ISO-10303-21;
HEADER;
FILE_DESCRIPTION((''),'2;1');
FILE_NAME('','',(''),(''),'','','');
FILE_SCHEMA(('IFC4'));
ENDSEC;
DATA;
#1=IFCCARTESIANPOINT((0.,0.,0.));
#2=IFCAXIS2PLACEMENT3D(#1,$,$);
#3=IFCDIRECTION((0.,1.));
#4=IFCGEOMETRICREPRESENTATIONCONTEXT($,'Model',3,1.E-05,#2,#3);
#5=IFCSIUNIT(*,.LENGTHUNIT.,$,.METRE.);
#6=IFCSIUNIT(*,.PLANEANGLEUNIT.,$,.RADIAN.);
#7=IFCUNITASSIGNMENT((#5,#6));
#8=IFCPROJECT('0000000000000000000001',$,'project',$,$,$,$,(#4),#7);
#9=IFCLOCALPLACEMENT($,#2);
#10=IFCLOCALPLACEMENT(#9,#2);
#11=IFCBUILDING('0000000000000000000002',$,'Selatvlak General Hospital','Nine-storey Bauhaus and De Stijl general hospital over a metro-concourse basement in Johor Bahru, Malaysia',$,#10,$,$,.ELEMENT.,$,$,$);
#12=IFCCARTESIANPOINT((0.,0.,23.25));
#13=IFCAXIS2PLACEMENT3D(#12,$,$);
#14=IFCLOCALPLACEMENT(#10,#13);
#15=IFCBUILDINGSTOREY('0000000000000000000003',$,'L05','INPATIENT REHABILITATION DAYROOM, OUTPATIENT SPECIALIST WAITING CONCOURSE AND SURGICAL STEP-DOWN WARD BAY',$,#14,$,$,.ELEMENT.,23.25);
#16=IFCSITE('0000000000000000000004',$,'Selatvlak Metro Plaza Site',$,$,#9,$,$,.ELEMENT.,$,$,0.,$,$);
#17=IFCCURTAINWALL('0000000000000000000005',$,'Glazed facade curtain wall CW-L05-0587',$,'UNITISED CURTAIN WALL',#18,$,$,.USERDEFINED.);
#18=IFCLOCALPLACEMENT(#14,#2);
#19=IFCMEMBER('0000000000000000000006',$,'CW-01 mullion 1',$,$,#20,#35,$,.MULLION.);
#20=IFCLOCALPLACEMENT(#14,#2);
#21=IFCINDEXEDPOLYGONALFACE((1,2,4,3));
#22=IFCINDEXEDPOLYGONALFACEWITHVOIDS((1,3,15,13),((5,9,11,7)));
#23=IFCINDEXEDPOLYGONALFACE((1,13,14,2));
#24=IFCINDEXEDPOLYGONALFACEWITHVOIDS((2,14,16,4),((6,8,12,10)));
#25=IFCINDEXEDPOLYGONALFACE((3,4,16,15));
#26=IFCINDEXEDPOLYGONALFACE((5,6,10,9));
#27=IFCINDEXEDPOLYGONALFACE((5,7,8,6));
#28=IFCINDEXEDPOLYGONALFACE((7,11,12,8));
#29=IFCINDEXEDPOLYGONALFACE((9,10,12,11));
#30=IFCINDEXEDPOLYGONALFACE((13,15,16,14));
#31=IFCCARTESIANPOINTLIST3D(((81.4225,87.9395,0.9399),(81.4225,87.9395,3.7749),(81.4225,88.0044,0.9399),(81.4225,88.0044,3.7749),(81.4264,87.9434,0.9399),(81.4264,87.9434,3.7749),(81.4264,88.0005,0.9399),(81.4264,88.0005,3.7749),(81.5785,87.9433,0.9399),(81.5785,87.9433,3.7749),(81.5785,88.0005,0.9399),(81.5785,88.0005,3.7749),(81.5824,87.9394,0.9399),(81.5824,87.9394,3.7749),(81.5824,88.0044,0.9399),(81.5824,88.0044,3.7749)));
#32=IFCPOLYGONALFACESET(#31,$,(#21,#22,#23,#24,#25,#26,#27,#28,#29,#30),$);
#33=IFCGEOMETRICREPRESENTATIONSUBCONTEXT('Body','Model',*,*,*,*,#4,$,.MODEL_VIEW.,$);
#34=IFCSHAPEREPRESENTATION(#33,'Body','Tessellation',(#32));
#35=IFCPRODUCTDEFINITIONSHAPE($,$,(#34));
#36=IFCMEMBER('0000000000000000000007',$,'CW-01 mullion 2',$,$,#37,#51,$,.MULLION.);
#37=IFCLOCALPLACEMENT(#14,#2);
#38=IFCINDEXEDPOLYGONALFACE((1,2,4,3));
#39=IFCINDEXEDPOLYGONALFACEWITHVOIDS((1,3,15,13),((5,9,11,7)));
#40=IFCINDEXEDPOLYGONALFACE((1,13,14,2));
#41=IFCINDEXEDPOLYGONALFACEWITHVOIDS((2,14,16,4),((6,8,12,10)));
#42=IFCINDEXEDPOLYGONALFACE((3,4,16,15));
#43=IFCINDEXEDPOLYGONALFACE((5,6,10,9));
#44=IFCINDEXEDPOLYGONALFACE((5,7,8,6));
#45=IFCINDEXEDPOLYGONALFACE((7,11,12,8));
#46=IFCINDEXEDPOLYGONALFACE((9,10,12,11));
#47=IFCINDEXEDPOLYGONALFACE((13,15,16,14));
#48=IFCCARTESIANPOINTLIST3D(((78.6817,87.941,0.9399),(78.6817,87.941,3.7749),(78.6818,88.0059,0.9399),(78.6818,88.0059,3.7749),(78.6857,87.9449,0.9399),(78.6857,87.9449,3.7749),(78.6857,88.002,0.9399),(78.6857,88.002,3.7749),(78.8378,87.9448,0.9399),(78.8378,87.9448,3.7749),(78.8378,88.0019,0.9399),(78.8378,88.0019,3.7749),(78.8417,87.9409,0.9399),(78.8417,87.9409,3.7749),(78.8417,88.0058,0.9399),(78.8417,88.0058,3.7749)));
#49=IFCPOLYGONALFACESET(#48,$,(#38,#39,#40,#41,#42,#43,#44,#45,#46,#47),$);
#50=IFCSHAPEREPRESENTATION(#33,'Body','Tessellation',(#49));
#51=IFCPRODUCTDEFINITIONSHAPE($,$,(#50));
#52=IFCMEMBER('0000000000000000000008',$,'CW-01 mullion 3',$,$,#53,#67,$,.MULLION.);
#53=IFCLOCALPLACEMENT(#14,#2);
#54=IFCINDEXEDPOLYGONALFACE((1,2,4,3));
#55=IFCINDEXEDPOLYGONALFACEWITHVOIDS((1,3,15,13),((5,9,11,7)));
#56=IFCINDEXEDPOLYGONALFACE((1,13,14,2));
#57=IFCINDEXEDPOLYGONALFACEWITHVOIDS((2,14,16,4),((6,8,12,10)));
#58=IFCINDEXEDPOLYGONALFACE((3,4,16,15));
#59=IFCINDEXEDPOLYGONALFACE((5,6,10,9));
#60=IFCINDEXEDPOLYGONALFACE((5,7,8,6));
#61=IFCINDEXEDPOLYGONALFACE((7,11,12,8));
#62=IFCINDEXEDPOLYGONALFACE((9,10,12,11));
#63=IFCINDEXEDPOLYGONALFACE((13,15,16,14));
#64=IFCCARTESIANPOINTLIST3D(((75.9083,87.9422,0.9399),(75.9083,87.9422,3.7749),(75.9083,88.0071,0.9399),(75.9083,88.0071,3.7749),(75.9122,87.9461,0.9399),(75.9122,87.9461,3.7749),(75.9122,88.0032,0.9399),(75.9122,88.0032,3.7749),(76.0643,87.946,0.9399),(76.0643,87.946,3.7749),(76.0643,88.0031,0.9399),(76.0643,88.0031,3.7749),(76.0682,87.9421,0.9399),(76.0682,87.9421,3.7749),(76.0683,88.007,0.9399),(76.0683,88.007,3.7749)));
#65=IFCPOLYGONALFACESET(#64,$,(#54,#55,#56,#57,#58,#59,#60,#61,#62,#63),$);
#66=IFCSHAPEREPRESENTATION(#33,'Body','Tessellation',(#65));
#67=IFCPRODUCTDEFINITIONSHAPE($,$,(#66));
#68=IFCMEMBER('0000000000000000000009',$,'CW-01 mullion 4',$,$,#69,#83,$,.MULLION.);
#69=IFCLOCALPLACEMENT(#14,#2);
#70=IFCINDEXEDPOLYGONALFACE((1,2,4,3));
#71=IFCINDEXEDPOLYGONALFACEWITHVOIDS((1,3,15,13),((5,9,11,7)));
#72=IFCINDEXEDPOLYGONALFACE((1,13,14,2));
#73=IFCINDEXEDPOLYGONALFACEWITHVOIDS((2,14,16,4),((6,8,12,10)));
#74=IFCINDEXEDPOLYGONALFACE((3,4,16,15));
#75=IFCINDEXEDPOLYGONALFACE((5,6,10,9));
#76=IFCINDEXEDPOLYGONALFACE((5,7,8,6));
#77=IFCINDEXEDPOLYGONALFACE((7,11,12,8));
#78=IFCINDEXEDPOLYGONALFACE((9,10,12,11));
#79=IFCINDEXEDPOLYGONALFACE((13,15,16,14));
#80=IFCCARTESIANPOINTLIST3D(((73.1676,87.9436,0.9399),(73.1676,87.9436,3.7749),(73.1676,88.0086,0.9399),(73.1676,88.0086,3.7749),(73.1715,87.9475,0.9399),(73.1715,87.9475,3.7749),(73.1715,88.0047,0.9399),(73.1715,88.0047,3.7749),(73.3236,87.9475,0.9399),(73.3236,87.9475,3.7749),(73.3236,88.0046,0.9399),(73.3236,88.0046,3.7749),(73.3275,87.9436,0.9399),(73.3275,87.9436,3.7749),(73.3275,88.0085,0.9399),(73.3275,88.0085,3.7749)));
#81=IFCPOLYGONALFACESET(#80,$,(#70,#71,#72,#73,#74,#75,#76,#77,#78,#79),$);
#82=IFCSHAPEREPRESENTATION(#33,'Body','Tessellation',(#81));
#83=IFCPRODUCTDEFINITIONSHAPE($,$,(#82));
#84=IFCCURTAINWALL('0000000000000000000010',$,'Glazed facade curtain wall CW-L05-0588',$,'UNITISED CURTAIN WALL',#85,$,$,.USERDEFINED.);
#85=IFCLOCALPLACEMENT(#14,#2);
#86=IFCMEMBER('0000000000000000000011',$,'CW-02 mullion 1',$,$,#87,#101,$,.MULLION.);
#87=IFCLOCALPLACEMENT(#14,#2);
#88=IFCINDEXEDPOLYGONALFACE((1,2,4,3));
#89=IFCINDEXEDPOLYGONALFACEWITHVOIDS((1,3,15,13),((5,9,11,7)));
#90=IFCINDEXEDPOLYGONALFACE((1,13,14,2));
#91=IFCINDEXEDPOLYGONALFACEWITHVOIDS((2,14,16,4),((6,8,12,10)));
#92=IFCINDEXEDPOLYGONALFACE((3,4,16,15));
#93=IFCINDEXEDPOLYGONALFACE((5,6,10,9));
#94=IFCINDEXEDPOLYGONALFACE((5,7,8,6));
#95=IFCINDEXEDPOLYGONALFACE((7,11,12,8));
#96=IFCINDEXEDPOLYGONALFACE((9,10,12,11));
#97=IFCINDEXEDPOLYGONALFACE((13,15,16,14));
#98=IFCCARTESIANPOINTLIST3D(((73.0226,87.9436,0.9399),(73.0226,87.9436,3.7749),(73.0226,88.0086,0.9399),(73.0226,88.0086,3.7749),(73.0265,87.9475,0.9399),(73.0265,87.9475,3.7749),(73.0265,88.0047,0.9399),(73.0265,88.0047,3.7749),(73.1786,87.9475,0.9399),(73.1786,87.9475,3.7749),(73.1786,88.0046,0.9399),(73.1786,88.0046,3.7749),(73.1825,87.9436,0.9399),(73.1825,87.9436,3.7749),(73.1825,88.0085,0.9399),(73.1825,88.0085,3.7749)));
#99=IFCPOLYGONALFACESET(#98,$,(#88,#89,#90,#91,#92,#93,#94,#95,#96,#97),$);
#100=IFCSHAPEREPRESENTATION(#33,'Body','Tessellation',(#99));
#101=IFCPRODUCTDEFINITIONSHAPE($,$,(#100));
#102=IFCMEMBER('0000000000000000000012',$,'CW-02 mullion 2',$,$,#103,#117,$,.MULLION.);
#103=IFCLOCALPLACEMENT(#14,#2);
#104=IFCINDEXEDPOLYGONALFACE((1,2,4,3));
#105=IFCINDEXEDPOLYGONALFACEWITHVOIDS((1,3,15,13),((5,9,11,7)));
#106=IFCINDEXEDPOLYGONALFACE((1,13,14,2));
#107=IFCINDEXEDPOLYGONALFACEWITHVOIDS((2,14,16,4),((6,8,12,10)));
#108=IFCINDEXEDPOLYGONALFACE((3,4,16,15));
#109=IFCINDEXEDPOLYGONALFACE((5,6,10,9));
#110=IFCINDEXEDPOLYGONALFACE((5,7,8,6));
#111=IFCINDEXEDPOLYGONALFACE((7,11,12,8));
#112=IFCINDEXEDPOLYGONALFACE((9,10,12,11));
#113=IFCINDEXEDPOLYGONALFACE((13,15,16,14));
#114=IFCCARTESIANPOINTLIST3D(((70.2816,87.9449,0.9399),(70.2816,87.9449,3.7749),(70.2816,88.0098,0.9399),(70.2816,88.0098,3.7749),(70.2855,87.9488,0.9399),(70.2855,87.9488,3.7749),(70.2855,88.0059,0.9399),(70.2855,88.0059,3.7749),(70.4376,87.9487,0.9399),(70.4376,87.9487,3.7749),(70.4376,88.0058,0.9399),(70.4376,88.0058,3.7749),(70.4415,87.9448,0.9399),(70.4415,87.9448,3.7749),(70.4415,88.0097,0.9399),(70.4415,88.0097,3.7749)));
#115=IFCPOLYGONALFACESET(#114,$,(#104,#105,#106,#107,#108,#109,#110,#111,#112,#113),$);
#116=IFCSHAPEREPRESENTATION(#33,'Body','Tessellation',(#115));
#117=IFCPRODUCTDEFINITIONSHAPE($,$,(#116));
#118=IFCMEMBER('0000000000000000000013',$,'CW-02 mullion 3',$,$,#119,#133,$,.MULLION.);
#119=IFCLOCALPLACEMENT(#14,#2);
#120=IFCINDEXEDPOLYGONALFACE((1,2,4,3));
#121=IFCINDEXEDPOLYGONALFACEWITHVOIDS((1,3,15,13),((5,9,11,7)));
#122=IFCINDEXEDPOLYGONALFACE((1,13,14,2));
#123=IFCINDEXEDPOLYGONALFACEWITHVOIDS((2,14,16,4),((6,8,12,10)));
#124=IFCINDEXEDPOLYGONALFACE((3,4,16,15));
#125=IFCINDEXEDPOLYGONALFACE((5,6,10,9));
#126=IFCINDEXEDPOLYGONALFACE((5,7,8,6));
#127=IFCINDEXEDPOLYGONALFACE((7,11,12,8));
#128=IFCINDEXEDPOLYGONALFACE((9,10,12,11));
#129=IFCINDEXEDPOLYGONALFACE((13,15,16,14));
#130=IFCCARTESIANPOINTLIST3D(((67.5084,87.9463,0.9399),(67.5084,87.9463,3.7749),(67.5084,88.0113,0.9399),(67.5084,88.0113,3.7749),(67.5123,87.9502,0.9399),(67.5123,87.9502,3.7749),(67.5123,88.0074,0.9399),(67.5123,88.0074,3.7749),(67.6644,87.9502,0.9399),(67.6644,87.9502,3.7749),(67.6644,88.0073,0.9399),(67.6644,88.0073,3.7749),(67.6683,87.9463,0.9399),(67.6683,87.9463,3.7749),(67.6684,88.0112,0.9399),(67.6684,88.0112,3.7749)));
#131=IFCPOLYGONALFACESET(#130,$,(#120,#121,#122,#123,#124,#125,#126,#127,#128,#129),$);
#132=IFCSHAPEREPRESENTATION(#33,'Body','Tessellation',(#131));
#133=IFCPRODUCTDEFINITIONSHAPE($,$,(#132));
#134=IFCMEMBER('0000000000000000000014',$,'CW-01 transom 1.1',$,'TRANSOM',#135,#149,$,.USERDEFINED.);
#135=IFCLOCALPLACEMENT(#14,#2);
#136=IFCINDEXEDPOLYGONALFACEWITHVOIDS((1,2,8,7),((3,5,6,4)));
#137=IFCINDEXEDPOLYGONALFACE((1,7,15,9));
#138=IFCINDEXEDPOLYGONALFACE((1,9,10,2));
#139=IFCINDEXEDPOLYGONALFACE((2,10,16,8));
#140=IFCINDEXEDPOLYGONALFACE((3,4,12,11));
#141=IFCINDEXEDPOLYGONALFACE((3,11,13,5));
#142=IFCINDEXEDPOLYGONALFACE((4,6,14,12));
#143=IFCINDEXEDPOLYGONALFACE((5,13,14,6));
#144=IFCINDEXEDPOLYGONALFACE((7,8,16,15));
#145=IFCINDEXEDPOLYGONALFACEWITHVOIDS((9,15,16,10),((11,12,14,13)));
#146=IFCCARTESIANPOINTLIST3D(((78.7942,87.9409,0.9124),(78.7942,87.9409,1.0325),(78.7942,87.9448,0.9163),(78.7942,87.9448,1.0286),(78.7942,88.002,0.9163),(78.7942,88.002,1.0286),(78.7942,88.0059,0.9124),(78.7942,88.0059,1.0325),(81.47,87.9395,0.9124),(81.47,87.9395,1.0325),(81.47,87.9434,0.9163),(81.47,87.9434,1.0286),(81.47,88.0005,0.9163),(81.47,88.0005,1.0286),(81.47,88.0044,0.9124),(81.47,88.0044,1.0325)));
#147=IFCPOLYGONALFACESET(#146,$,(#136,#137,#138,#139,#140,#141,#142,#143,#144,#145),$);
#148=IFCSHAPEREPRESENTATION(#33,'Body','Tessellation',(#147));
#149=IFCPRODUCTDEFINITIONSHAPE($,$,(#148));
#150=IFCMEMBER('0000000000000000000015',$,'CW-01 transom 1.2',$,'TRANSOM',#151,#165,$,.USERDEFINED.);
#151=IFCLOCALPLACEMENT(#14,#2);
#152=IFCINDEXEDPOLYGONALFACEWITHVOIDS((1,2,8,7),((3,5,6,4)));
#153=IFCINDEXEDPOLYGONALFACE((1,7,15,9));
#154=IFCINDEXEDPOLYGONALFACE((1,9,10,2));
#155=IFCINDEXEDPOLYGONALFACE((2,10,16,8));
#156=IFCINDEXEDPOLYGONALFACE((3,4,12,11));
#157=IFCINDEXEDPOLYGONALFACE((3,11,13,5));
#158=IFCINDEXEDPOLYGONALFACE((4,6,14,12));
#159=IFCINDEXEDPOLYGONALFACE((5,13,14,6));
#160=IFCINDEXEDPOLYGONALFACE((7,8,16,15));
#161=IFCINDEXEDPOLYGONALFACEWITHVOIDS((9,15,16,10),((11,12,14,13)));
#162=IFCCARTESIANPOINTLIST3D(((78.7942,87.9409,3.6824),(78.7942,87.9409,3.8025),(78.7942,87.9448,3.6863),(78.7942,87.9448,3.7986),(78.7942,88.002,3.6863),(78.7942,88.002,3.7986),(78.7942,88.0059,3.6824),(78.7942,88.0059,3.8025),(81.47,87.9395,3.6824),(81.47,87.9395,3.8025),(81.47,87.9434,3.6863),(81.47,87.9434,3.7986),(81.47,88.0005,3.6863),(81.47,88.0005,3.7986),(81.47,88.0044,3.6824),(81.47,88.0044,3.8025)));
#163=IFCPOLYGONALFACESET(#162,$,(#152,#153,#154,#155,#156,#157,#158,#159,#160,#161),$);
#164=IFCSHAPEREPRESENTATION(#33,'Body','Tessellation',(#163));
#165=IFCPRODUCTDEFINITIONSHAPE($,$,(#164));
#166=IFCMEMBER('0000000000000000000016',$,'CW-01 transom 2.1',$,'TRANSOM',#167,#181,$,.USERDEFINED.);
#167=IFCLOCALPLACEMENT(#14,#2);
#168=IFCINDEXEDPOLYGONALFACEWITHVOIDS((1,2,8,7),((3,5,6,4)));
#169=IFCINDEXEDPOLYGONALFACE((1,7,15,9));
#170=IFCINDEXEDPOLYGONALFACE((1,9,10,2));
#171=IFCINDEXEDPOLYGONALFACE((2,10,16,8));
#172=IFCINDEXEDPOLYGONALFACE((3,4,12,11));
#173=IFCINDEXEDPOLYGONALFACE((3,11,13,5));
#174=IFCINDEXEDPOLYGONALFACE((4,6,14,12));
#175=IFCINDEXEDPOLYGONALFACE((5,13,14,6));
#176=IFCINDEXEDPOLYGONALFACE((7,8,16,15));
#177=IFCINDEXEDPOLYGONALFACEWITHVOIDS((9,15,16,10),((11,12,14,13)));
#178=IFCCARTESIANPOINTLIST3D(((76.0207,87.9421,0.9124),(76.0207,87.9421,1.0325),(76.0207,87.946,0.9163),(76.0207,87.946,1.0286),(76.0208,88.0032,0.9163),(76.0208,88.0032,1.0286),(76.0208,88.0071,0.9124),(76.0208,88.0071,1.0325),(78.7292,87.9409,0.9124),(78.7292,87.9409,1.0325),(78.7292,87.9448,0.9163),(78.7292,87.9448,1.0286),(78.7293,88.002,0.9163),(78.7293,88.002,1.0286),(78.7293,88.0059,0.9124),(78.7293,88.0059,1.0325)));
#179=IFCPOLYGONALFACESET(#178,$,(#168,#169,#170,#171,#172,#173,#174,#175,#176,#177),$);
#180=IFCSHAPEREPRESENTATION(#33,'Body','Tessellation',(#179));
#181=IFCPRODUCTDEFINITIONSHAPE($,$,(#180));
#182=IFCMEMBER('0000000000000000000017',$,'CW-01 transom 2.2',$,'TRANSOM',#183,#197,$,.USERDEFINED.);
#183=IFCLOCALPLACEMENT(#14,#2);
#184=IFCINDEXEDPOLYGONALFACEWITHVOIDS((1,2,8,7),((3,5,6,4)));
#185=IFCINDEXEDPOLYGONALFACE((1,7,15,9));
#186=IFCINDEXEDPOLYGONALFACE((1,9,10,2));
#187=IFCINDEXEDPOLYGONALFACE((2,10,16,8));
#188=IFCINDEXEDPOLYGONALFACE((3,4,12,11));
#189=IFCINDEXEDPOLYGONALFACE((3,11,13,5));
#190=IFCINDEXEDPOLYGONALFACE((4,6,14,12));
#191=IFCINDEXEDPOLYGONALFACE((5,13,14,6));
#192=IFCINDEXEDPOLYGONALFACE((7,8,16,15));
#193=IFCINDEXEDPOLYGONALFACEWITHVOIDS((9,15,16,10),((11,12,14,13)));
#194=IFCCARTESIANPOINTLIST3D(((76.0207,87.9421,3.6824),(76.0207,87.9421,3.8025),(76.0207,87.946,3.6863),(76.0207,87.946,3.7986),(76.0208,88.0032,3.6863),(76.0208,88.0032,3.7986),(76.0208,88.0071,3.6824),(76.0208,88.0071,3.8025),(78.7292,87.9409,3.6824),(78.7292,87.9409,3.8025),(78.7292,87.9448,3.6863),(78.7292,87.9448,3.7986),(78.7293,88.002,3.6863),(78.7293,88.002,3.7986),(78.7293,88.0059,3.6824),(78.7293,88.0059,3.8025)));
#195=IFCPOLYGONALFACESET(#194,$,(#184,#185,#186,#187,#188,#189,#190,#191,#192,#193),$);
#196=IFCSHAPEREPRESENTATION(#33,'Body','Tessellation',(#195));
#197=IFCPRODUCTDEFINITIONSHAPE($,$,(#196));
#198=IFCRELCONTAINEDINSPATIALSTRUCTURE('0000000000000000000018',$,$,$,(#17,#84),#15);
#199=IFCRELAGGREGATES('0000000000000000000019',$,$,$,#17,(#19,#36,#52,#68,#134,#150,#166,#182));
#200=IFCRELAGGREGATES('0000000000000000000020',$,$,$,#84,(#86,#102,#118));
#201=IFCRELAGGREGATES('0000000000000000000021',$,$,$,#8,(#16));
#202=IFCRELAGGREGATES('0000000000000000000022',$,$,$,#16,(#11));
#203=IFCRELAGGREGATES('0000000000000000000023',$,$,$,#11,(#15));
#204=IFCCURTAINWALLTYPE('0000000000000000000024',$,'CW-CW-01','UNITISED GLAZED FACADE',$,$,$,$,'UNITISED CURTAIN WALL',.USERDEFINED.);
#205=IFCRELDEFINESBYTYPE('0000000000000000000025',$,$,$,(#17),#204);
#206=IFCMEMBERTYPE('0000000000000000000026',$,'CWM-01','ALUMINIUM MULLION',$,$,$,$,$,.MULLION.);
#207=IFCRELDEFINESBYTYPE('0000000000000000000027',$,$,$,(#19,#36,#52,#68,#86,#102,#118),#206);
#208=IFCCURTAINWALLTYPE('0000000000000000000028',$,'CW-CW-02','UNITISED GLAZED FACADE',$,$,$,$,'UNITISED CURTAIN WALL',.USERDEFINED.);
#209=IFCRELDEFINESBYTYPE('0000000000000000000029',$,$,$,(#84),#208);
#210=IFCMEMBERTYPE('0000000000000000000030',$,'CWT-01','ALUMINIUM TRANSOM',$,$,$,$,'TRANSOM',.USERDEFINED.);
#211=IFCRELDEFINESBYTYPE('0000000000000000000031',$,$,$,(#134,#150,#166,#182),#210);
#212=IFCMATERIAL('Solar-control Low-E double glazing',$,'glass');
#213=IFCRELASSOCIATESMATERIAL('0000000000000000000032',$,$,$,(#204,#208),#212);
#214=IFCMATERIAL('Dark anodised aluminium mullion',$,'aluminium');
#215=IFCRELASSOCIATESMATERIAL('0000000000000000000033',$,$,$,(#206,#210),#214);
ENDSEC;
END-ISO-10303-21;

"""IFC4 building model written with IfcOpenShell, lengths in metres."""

from ifc_helpers import new_model, si_unit, direction, frame, origin, origin_2d, place, context, subcontext, project, spatial, hollow_rectangle, extrude, material, material_profile, profile_set, type_object, element, aggregate, save


model = new_model("IFC4")

# Units and contexts
model_context = context("Model", 3, precision=1e-05, world=origin(), true_north=direction((0.0, 1.0)))
body_context = subcontext(model_context, "Body", "Model", "MODEL_VIEW")
ifc_project = project(units=[si_unit("LENGTHUNIT", "METRE"), si_unit("PLANEANGLEUNIT", "RADIAN")], contexts=[model_context])

# Site, building, storey
site_placement = place(None, origin())
site = spatial("IfcSite", under=ifc_project, at=site_placement, Name="Selatvlak Metro Plaza Site", CompositionType="ELEMENT", RefElevation=0.0)
building_placement = place(site_placement, origin())
building = spatial("IfcBuilding", under=site, at=building_placement, Name="Selatvlak General Hospital", Description="Nine-storey Bauhaus and De Stijl general hospital over a metro-concourse basement in Johor Bahru, Malaysia", CompositionType="ELEMENT")
storey_placement = place(building_placement, frame((0.0, 0.0, 23.25)))
storey = spatial("IfcBuildingStorey", under=building, at=storey_placement, Name="L05", Description="INPATIENT REHABILITATION DAYROOM, OUTPATIENT SPECIALIST WAITING CONCOURSE AND SURGICAL STEP-DOWN WARD BAY", CompositionType="ELEMENT", Elevation=23.25)

# Curtain walls, members
ifc_material_1 = material(Name="Solar-control Low-E double glazing", Category="glass")
curtain_wall_type_1 = type_object("IfcCurtainWallType", Name="CW-CW-01", Description="UNITISED GLAZED FACADE", ElementType="UNITISED CURTAIN WALL", PredefinedType="USERDEFINED", material=ifc_material_1)
curtain_wall_1_placement = place(storey_placement, origin())
curtain_wall_1 = element("IfcCurtainWall", 1, at=curtain_wall_1_placement, inside=storey, type_object=curtain_wall_type_1, Name="Glazed facade curtain wall CW-L05-0587", ObjectType="UNITISED CURTAIN WALL", PredefinedType="USERDEFINED")
ifc_material_2 = material(Name="Dark anodised aluminium mullion", Category="aluminium")
ifc_material_profile_1 = material_profile(ifc_material_2, hollow_rectangle(XDim=0.0649, YDim=0.1599, WallThickness=0.0039, at=origin_2d()), Name="AL-MUL 65x160x4")
ifc_profile_set_1 = profile_set([ifc_material_profile_1], Name="Dark anodised aluminium mullion")
member_type_1 = type_object("IfcMemberType", Name="CWM-01", Description="ALUMINIUM MULLION", PredefinedType="MULLION", material=ifc_profile_set_1)
member_1_placement = place(storey_placement, frame((81.5024, 87.9719, 0.9399), z_axis=(0.0, 0.0, 1.0), x_axis=(-0.000481, -1.0, 0.0)))
member_1 = element("IfcMember", 2, at=member_1_placement, type_object=member_type_1, Name="CW-01 mullion 1", PredefinedType="MULLION", context=body_context, shape_type="SweptSolid", body=[
    extrude(hollow_rectangle(XDim=0.0649, YDim=0.1599, WallThickness=0.0039, at=origin_2d()), origin(), (0.0, 0.0, 1.0), 2.835),
])
member_2_placement = place(storey_placement, frame((78.7617, 87.9734, 0.9399), z_axis=(0.0, 0.0, 1.0), x_axis=(-0.000481, -1.0, 0.0)))
member_2 = element("IfcMember", 3, at=member_2_placement, type_object=member_type_1, Name="CW-01 mullion 2", PredefinedType="MULLION", context=body_context, shape_type="SweptSolid", body=[
    extrude(hollow_rectangle(XDim=0.0649, YDim=0.1599, WallThickness=0.0039, at=origin_2d()), origin(), (0.0, 0.0, 1.0), 2.835),
])
member_3_placement = place(storey_placement, frame((75.9883, 87.9746, 0.9399), z_axis=(0.0, 0.0, 1.0), x_axis=(-0.000481, -1.0, 0.0)))
member_3 = element("IfcMember", 4, at=member_3_placement, type_object=member_type_1, Name="CW-01 mullion 3", PredefinedType="MULLION", context=body_context, shape_type="SweptSolid", body=[
    extrude(hollow_rectangle(XDim=0.0649, YDim=0.1599, WallThickness=0.0039, at=origin_2d()), origin(), (0.0, 0.0, 1.0), 2.835),
])
member_4_placement = place(storey_placement, frame((73.2476, 87.9761, 0.9399), z_axis=(0.0, 0.0, 1.0), x_axis=(-0.000481, -1.0, 0.0)))
member_4 = element("IfcMember", 5, at=member_4_placement, type_object=member_type_1, Name="CW-01 mullion 4", PredefinedType="MULLION", context=body_context, shape_type="SweptSolid", body=[
    extrude(hollow_rectangle(XDim=0.0649, YDim=0.1599, WallThickness=0.0039, at=origin_2d()), origin(), (0.0, 0.0, 1.0), 2.835),
])
curtain_wall_type_2 = type_object("IfcCurtainWallType", Name="CW-CW-02", Description="UNITISED GLAZED FACADE", ElementType="UNITISED CURTAIN WALL", PredefinedType="USERDEFINED", material=ifc_material_1)
curtain_wall_2_placement = place(storey_placement, origin())
curtain_wall_2 = element("IfcCurtainWall", 6, at=curtain_wall_2_placement, inside=storey, type_object=curtain_wall_type_2, Name="Glazed facade curtain wall CW-L05-0588", ObjectType="UNITISED CURTAIN WALL", PredefinedType="USERDEFINED")
member_5_placement = place(storey_placement, frame((73.1025, 87.9761, 0.9399), z_axis=(0.0, 0.0, 1.0), x_axis=(-0.000481, -1.0, 0.0)))
member_5 = element("IfcMember", 7, at=member_5_placement, type_object=member_type_1, Name="CW-02 mullion 1", PredefinedType="MULLION", context=body_context, shape_type="SweptSolid", body=[
    extrude(hollow_rectangle(XDim=0.0649, YDim=0.1599, WallThickness=0.0039, at=origin_2d()), origin(), (0.0, 0.0, 1.0), 2.835),
])
member_6_placement = place(storey_placement, frame((70.3616, 87.9773, 0.9399), z_axis=(0.0, 0.0, 1.0), x_axis=(-0.000481, -1.0, 0.0)))
member_6 = element("IfcMember", 8, at=member_6_placement, type_object=member_type_1, Name="CW-02 mullion 2", PredefinedType="MULLION", context=body_context, shape_type="SweptSolid", body=[
    extrude(hollow_rectangle(XDim=0.0649, YDim=0.1599, WallThickness=0.0039, at=origin_2d()), origin(), (0.0, 0.0, 1.0), 2.835),
])
member_7_placement = place(storey_placement, frame((67.5884, 87.9788, 0.9399), z_axis=(0.0, 0.0, 1.0), x_axis=(-0.000481, -1.0, 0.0)))
member_7 = element("IfcMember", 9, at=member_7_placement, type_object=member_type_1, Name="CW-02 mullion 3", PredefinedType="MULLION", context=body_context, shape_type="SweptSolid", body=[
    extrude(hollow_rectangle(XDim=0.0649, YDim=0.1599, WallThickness=0.0039, at=origin_2d()), origin(), (0.0, 0.0, 1.0), 2.835),
])

# Members
ifc_material_profile_2 = material_profile(ifc_material_2, hollow_rectangle(XDim=0.0649, YDim=0.1201, WallThickness=0.0039, at=origin_2d()), Name="AL-TRN 65x120x4")
ifc_profile_set_2 = profile_set([ifc_material_profile_2], Name="Dark anodised aluminium mullion")
member_type_2 = type_object("IfcMemberType", Name="CWT-01", Description="ALUMINIUM TRANSOM", ElementType="TRANSOM", PredefinedType="USERDEFINED", material=ifc_profile_set_2)
member_8_placement = place(storey_placement, frame((81.47, 87.9719, 0.9724), z_axis=(-1.0, 0.000547, 0.0), x_axis=(-0.000547, -1.0, 0.0)))
member_8 = element("IfcMember", 10, at=member_8_placement, type_object=member_type_2, Name="CW-01 transom 1.1", ObjectType="TRANSOM", PredefinedType="USERDEFINED", context=body_context, shape_type="SweptSolid", body=[
    extrude(hollow_rectangle(XDim=0.0649, YDim=0.1201, WallThickness=0.0039, at=origin_2d()), origin(), (0.0, 0.0, 1.0), 2.6758),
])
member_9_placement = place(storey_placement, frame((81.47, 87.9719, 3.7424), z_axis=(-1.0, 0.000547, 0.0), x_axis=(-0.000547, -1.0, 0.0)))
member_9 = element("IfcMember", 11, at=member_9_placement, type_object=member_type_2, Name="CW-01 transom 1.2", ObjectType="TRANSOM", PredefinedType="USERDEFINED", context=body_context, shape_type="SweptSolid", body=[
    extrude(hollow_rectangle(XDim=0.0649, YDim=0.1201, WallThickness=0.0039, at=origin_2d()), origin(), (0.0, 0.0, 1.0), 2.6758),
])
member_10_placement = place(storey_placement, frame((78.7292, 87.9734, 0.9724), z_axis=(-1.0, 0.000451, 0.0), x_axis=(-0.000451, -1.0, 0.0)))
member_10 = element("IfcMember", 12, at=member_10_placement, type_object=member_type_2, Name="CW-01 transom 2.1", ObjectType="TRANSOM", PredefinedType="USERDEFINED", context=body_context, shape_type="SweptSolid", body=[
    extrude(hollow_rectangle(XDim=0.0649, YDim=0.1201, WallThickness=0.0039, at=origin_2d()), origin(), (0.0, 0.0, 1.0), 2.7085),
])
member_11_placement = place(storey_placement, frame((78.7292, 87.9734, 3.7424), z_axis=(-1.0, 0.000451, 0.0), x_axis=(-0.000451, -1.0, 0.0)))
member_11 = element("IfcMember", 13, at=member_11_placement, type_object=member_type_2, Name="CW-01 transom 2.2", ObjectType="TRANSOM", PredefinedType="USERDEFINED", context=body_context, shape_type="SweptSolid", body=[
    extrude(hollow_rectangle(XDim=0.0649, YDim=0.1201, WallThickness=0.0039, at=origin_2d()), origin(), (0.0, 0.0, 1.0), 2.7085),
])

aggregate(curtain_wall_1, [member_1, member_2, member_3, member_4, member_8, member_9, member_10, member_11])
aggregate(curtain_wall_2, [member_5, member_6, member_7])

save(model, "model.ifc")
